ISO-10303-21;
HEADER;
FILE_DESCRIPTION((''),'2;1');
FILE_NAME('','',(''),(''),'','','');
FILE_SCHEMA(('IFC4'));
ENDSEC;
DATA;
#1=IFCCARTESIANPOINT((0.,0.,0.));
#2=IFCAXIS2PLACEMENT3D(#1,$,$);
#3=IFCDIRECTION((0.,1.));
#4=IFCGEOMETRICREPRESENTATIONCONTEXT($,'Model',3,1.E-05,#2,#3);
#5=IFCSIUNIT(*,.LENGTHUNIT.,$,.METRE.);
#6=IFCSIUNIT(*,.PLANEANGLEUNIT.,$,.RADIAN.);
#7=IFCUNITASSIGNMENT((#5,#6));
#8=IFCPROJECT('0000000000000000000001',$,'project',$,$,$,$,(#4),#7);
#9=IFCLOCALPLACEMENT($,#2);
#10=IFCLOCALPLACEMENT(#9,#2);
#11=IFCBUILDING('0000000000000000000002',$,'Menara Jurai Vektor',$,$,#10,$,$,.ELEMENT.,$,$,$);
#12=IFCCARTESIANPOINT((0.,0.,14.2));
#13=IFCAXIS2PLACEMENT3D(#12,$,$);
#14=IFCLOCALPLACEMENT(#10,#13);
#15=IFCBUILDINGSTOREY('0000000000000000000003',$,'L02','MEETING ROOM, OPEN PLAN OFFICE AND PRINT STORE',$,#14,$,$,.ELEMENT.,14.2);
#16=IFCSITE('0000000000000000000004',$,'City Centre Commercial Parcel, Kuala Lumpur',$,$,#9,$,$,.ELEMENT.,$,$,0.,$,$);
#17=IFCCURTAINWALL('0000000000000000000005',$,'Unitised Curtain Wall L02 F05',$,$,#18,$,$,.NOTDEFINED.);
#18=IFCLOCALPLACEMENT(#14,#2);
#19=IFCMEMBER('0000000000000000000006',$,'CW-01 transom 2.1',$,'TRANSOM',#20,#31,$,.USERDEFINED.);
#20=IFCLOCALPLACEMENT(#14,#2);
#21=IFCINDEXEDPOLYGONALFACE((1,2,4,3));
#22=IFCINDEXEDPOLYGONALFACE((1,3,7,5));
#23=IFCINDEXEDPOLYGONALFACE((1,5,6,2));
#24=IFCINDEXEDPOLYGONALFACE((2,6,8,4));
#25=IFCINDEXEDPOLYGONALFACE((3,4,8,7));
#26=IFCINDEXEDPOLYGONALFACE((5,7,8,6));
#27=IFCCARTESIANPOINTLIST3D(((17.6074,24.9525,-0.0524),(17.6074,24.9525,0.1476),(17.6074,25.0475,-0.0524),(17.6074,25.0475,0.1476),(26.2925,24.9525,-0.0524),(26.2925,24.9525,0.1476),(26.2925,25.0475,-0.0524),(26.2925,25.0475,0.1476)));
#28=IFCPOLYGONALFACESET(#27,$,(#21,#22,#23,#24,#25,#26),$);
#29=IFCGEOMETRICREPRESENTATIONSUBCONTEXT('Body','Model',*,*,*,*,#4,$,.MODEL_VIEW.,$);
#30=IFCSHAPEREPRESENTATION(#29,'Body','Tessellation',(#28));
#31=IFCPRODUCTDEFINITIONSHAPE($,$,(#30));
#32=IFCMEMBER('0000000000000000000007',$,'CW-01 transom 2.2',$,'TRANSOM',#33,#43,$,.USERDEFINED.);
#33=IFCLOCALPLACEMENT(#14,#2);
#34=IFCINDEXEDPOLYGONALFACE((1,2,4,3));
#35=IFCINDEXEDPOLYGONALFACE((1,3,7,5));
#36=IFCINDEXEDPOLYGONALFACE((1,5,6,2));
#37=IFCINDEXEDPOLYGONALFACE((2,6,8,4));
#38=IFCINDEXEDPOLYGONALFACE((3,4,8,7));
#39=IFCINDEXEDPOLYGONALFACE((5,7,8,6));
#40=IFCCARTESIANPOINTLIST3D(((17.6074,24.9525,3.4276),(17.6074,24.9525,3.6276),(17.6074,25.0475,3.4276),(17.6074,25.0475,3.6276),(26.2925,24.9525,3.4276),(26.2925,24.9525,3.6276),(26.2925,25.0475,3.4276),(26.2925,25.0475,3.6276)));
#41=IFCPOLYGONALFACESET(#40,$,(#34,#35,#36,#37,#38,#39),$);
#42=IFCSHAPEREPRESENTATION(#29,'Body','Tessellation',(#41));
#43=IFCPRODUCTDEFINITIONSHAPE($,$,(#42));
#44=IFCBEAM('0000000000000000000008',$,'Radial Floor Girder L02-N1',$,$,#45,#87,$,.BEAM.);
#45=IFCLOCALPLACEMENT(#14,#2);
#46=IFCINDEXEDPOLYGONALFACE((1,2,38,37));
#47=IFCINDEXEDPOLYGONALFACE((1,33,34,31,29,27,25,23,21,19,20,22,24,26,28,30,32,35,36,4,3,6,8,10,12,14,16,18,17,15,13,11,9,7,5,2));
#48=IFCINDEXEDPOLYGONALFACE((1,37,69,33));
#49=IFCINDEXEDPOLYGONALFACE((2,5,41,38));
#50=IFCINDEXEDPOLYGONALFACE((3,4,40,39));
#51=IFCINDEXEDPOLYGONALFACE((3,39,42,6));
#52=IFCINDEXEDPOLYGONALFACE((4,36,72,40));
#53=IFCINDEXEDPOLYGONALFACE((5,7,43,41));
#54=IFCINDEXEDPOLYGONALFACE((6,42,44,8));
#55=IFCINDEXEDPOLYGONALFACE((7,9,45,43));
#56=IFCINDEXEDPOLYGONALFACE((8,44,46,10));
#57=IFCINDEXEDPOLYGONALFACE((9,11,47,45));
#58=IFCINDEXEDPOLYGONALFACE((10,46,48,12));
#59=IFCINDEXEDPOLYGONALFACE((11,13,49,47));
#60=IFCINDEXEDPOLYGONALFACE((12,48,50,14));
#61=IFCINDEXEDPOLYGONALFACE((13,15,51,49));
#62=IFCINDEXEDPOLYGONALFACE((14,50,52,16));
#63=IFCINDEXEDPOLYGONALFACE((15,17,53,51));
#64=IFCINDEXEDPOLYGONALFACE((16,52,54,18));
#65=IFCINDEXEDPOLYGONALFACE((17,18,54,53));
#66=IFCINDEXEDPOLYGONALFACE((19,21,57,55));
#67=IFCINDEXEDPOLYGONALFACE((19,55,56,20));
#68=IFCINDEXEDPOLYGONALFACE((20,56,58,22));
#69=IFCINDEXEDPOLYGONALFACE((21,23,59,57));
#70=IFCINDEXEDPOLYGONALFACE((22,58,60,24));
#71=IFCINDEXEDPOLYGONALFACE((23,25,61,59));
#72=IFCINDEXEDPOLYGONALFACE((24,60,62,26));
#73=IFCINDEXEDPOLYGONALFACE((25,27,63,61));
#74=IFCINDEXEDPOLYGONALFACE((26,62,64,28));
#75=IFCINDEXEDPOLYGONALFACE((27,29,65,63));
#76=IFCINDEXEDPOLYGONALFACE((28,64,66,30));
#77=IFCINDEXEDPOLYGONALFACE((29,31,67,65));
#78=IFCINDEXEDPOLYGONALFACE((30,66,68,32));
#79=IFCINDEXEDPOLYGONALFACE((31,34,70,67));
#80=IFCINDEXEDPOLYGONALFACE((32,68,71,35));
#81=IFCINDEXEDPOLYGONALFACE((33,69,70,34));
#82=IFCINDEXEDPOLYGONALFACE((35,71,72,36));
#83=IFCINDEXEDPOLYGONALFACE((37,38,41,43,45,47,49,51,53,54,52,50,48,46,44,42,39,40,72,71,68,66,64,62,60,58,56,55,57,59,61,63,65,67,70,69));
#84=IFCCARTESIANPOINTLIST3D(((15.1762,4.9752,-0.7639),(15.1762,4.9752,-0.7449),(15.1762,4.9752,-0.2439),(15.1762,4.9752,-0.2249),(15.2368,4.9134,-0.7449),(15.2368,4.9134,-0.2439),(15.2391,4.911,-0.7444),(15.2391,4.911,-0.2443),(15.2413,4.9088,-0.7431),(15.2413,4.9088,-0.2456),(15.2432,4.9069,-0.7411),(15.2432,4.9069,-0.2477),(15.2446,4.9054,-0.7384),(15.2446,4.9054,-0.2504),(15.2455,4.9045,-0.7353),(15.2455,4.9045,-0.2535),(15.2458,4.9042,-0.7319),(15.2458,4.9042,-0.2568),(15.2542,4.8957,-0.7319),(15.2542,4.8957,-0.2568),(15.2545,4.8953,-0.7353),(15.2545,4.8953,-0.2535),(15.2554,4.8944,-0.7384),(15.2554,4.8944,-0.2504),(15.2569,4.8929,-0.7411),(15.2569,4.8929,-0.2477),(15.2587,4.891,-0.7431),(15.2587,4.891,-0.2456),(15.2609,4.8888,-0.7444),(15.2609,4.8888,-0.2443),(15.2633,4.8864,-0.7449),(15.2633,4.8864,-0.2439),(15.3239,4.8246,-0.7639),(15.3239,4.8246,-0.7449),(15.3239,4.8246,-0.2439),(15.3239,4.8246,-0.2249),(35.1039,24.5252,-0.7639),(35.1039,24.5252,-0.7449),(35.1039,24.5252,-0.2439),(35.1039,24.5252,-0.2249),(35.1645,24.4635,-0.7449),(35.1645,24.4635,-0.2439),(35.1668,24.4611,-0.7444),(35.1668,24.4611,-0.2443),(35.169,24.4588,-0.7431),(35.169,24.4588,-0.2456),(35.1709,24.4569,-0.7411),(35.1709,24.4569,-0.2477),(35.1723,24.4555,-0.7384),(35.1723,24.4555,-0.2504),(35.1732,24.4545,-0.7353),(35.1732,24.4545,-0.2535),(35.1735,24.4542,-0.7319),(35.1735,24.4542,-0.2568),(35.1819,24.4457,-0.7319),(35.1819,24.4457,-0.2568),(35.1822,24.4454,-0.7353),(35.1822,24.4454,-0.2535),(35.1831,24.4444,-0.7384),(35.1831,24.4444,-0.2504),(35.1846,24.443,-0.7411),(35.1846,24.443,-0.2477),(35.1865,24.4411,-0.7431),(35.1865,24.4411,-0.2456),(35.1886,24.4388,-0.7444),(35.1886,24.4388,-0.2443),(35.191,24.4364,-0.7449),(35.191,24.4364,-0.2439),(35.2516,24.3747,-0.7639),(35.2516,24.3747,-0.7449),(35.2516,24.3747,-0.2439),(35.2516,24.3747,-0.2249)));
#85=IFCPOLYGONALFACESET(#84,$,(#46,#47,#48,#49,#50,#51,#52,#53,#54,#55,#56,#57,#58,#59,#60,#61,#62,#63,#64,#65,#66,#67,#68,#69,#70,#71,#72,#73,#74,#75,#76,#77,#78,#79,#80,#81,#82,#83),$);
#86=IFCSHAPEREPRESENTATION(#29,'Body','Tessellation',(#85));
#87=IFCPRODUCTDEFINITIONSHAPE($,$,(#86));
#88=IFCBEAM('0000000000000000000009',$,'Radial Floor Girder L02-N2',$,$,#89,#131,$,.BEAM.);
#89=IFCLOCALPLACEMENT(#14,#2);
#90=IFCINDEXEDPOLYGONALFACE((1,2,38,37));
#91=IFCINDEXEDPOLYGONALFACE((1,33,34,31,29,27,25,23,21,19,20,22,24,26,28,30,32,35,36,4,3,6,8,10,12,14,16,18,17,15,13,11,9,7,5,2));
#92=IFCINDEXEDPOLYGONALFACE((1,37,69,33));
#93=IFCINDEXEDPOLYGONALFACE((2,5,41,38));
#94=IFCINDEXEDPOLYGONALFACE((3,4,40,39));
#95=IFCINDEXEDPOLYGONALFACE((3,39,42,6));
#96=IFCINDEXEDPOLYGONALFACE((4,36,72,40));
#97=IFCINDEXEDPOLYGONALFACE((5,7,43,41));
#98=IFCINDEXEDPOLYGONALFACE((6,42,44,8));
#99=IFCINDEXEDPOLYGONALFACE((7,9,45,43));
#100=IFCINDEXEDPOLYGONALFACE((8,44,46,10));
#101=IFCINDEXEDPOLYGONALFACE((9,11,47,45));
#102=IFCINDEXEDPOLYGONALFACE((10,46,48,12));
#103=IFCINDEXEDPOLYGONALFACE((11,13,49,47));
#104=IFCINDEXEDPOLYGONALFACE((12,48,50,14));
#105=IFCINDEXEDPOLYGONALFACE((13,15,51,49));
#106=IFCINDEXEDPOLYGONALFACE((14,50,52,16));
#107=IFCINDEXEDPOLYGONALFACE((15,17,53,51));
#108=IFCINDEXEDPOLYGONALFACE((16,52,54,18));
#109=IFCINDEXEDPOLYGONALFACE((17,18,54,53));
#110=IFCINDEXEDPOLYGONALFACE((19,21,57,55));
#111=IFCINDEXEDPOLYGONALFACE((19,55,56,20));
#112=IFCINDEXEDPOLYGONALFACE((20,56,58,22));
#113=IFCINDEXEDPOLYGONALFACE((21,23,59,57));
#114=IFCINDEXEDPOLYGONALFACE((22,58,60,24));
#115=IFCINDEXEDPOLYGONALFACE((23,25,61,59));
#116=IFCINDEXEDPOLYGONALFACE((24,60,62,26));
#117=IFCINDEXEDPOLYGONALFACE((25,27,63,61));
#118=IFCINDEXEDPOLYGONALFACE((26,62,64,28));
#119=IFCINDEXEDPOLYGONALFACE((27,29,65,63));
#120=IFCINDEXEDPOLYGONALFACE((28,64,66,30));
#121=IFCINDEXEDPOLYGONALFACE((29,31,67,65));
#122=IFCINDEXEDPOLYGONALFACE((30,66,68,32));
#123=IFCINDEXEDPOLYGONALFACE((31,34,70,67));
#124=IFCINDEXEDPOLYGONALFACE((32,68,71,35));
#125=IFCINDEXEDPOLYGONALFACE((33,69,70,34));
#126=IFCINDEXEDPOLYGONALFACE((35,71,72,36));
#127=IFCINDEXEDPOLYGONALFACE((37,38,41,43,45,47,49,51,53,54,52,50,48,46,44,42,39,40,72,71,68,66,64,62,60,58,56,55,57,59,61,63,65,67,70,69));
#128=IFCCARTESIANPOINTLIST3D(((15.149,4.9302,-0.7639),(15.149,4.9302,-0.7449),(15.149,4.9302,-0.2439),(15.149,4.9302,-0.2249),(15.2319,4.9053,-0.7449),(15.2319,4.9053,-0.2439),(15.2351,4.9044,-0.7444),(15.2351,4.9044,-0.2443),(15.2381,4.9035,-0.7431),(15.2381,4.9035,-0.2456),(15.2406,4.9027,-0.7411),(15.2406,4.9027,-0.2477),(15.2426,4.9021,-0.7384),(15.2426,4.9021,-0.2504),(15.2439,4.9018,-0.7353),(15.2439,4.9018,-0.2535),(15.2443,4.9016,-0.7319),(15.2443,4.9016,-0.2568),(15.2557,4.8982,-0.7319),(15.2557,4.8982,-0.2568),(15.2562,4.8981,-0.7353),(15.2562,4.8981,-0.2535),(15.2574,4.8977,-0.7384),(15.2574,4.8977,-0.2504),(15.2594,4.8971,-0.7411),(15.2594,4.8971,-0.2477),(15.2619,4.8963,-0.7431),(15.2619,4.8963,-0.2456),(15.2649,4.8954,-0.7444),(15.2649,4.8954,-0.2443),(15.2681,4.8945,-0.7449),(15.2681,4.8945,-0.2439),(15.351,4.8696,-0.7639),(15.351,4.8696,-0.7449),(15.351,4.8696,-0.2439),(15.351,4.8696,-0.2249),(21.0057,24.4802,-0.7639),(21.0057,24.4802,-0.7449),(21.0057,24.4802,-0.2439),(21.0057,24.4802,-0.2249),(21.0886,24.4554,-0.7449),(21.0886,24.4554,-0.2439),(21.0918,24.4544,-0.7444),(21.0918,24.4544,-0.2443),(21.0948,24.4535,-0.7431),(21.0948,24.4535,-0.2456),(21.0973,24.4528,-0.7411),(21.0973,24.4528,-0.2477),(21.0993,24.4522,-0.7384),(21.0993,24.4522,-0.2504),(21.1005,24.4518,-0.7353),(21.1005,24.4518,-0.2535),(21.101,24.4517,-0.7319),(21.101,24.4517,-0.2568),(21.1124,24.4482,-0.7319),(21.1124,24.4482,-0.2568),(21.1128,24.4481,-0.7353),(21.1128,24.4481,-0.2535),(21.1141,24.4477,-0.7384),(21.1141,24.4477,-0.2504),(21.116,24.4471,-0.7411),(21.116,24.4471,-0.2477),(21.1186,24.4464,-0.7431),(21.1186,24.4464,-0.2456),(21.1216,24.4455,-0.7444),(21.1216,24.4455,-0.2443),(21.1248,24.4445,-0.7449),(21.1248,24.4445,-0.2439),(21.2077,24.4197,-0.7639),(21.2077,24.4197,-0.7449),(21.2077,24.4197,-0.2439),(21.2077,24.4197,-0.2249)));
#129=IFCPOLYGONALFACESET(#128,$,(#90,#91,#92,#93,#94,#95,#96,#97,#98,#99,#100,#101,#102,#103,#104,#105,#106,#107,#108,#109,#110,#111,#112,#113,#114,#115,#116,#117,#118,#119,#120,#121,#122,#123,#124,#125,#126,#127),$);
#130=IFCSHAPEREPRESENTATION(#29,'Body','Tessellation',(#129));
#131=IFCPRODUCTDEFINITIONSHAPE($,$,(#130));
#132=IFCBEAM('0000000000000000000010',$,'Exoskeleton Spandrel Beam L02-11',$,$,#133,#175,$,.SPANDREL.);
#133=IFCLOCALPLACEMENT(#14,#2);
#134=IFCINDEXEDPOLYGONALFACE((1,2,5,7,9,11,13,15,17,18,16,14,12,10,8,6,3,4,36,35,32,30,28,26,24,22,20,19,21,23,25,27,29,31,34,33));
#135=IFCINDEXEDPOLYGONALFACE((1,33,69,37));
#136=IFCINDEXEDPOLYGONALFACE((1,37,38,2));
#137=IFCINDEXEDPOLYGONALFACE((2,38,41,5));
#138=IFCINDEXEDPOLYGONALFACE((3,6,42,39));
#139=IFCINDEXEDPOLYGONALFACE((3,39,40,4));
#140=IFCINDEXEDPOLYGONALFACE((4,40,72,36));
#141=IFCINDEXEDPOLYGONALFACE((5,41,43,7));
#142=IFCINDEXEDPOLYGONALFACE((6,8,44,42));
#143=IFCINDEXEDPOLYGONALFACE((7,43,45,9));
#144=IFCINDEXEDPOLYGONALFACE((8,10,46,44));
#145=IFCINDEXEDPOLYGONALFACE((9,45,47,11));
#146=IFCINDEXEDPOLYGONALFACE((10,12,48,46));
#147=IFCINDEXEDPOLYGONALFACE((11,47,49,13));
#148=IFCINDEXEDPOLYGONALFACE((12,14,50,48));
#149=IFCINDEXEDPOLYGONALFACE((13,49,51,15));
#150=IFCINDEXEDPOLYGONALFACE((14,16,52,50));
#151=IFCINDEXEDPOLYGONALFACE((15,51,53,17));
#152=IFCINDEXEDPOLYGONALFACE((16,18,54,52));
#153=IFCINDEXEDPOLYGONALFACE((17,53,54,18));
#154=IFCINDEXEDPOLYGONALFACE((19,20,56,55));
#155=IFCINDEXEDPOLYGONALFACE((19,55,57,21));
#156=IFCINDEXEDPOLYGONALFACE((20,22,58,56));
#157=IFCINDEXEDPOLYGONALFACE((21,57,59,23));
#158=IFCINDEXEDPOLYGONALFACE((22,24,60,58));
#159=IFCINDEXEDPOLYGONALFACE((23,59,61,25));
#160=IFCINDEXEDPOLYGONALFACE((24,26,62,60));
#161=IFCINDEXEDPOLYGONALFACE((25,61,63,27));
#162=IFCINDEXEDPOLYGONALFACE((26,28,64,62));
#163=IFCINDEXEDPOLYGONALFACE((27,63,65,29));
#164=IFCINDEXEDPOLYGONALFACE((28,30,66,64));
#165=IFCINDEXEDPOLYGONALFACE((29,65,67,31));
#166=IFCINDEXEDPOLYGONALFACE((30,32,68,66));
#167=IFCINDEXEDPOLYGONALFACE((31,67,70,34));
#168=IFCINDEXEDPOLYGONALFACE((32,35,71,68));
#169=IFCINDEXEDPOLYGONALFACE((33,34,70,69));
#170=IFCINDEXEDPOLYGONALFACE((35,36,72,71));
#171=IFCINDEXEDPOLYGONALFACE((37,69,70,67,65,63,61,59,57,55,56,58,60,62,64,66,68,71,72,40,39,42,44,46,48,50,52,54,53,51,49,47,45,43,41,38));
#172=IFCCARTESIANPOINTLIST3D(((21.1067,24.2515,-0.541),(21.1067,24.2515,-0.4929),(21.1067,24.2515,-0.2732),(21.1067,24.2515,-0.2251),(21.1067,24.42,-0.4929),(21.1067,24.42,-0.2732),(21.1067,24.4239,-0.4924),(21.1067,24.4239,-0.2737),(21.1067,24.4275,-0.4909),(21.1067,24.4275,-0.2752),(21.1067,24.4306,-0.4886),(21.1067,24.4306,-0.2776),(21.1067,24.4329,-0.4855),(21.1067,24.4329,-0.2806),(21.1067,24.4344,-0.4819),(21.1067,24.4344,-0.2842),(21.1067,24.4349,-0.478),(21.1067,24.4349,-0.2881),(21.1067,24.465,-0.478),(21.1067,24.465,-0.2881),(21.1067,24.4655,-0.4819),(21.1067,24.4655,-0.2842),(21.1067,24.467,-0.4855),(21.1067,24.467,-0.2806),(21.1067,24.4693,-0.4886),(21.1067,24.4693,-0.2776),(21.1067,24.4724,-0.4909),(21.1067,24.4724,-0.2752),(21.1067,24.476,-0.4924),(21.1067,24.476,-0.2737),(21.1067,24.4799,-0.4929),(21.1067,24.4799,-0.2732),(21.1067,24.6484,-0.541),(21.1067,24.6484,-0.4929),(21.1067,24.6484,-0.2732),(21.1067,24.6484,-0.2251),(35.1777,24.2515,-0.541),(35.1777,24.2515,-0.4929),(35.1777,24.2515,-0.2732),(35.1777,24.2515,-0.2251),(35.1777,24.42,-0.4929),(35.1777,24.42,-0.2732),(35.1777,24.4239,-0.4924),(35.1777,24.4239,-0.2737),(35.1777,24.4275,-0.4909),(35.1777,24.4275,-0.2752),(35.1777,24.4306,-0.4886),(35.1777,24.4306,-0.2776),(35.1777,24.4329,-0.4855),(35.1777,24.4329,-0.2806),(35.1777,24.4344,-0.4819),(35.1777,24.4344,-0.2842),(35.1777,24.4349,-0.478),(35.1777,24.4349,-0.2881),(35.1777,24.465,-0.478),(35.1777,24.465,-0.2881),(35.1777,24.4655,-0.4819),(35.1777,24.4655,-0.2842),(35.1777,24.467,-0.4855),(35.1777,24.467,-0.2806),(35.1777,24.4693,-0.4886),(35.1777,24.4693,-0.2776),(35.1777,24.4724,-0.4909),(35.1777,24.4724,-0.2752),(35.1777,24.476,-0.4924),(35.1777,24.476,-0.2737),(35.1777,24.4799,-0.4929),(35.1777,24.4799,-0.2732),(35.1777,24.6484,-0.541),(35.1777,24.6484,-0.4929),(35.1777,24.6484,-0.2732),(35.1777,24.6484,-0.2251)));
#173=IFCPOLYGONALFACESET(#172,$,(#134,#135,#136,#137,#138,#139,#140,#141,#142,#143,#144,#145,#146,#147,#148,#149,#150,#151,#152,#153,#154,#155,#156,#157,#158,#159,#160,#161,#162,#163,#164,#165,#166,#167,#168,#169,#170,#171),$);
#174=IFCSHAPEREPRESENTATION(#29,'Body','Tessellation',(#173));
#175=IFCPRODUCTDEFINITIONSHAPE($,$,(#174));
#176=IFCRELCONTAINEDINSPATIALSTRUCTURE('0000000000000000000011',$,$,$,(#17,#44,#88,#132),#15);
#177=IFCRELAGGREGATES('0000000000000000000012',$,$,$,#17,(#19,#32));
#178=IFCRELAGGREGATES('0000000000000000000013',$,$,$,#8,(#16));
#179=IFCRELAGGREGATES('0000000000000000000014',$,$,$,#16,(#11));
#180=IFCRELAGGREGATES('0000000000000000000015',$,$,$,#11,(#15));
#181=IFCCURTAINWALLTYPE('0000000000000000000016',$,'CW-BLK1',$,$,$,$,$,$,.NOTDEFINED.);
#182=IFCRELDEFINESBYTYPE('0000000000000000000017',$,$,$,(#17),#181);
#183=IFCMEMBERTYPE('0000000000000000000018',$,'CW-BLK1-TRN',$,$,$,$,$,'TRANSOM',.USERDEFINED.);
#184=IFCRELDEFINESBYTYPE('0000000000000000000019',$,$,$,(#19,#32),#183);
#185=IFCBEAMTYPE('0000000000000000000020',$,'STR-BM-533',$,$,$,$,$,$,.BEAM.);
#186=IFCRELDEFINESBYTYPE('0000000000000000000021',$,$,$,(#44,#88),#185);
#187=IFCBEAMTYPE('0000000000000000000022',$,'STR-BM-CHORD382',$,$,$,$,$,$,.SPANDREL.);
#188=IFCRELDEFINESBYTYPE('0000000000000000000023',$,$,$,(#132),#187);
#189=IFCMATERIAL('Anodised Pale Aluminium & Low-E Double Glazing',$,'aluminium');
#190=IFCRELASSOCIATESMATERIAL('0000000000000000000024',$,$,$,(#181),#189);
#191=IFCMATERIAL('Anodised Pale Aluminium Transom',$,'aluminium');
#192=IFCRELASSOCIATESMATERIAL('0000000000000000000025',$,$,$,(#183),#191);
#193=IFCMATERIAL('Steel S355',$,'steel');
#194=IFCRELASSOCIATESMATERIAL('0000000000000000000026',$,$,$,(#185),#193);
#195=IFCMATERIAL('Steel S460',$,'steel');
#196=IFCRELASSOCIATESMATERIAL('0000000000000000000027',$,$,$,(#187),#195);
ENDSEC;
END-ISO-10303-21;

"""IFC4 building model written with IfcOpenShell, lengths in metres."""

from ifc_helpers import new_model, si_unit, direction, frame, origin, origin_2d, place, context, subcontext, project, spatial, rectangle, i_section, extrude, material, material_profile, profile_set, type_object, element, aggregate, save


model = new_model("IFC4")

# Units and contexts
model_context = context("Model", 3, precision=1e-05, world=origin(), true_north=direction((0.0, 1.0)))
body_context = subcontext(model_context, "Body", "Model", "MODEL_VIEW")
ifc_project = project(units=[si_unit("LENGTHUNIT", "METRE"), si_unit("PLANEANGLEUNIT", "RADIAN")], contexts=[model_context])

# Site, building, storey
site_placement = place(None, origin())
site = spatial("IfcSite", under=ifc_project, at=site_placement, Name="City Centre Commercial Parcel, Kuala Lumpur", CompositionType="ELEMENT", RefElevation=0.0)
building_placement = place(site_placement, origin())
building = spatial("IfcBuilding", under=site, at=building_placement, Name="Menara Jurai Vektor", CompositionType="ELEMENT")
storey_placement = place(building_placement, frame((0.0, 0.0, 14.2)))
storey = spatial("IfcBuildingStorey", under=building, at=storey_placement, Name="L02", Description="MEETING ROOM, OPEN PLAN OFFICE AND PRINT STORE", CompositionType="ELEMENT", Elevation=14.2)

# Shared definitions
ifc_material_1 = material(Name="Steel S460", Category="steel")

# Shared definitions
ifc_material_2 = material(Name="Anodised Pale Aluminium & Low-E Double Glazing", Category="aluminium")
curtain_wall_type = type_object("IfcCurtainWallType", Name="CW-BLK1", PredefinedType="NOTDEFINED", material=ifc_material_2)

# Curtain wall
curtain_wall_1_placement = place(storey_placement, origin())
curtain_wall_1 = element("IfcCurtainWall", 1, at=curtain_wall_1_placement, inside=storey, type_object=curtain_wall_type, Name="Unitised Curtain Wall L02 F05", PredefinedType="NOTDEFINED")

# Members
ifc_material_3 = material(Name="Anodised Pale Aluminium Transom", Category="aluminium")
ifc_material_profile_1 = material_profile(ifc_material_3, rectangle(XDim=0.095, YDim=0.2, at=origin_2d()), Name="ALU TRN 95x200")
ifc_profile_set_1 = profile_set([ifc_material_profile_1], Name="Anodised Pale Aluminium Transom")
member_type_1 = type_object("IfcMemberType", Name="CW-BLK1-TRN", ElementType="TRANSOM", PredefinedType="USERDEFINED", material=ifc_profile_set_1)
member_1_placement = place(storey_placement, frame((26.2925, 25.0, 0.0476), z_axis=(-1.0, 0.0, 0.0), x_axis=(0.0, -1.0, 0.0)))
member_1 = element("IfcMember", 2, at=member_1_placement, type_object=member_type_1, Name="CW-01 transom 2.1", ObjectType="TRANSOM", PredefinedType="USERDEFINED", context=body_context, shape_type="SweptSolid", body=[
    extrude(rectangle(XDim=0.095, YDim=0.2, at=origin_2d()), origin(), (0.0, 0.0, 1.0), 8.6851),
])
member_2_placement = place(storey_placement, frame((26.2925, 25.0, 3.5276), z_axis=(-1.0, 0.0, 0.0), x_axis=(0.0, -1.0, 0.0)))
member_2 = element("IfcMember", 3, at=member_2_placement, type_object=member_type_1, Name="CW-01 transom 2.2", ObjectType="TRANSOM", PredefinedType="USERDEFINED", context=body_context, shape_type="SweptSolid", body=[
    extrude(rectangle(XDim=0.095, YDim=0.2, at=origin_2d()), origin(), (0.0, 0.0, 1.0), 8.6851),
])

# Beams
ifc_material_4 = material(Name="Steel S355", Category="steel")
ifc_material_profile_2 = material_profile(ifc_material_4, i_section(OverallWidth=0.2109, OverallDepth=0.5391, WebThickness=0.012, FlangeThickness=0.019, FilletRadius=0.0129, at=origin_2d()), Name="UKB 533x210x109")
ifc_profile_set_2 = profile_set([ifc_material_profile_2], Name="Steel S355")
beam_type_1 = type_object("IfcBeamType", Name="STR-BM-533", PredefinedType="BEAM", material=ifc_profile_set_2)
beam_1_placement = place(storey_placement, frame((35.1777, 24.45, -0.4944), z_axis=(-0.713839, -0.70031, 0.0), x_axis=(0.70031, -0.713839, 0.0)))
element("IfcBeam", 4, at=beam_1_placement, inside=storey, type_object=beam_type_1, Name="Radial Floor Girder L02-N1", PredefinedType="BEAM", context=body_context, shape_type="SweptSolid", body=[
    extrude(i_section(OverallWidth=0.2109, OverallDepth=0.5391, WebThickness=0.012, FlangeThickness=0.019, FilletRadius=0.0129, at=origin_2d()), origin(), (0.0, 0.0, 1.0), 27.9163),
])
beam_2_placement = place(storey_placement, frame((21.1067, 24.45, -0.4944), z_axis=(-0.286974, -0.957938, 0.0), x_axis=(0.957938, -0.286974, 0.0)))
element("IfcBeam", 5, at=beam_2_placement, inside=storey, type_object=beam_type_1, Name="Radial Floor Girder L02-N2", PredefinedType="BEAM", context=body_context, shape_type="SweptSolid", body=[
    extrude(i_section(OverallWidth=0.2109, OverallDepth=0.5391, WebThickness=0.012, FlangeThickness=0.019, FilletRadius=0.0129, at=origin_2d()), origin(), (0.0, 0.0, 1.0), 20.4084),
])
ifc_material_profile_3 = material_profile(ifc_material_1, i_section(OverallWidth=0.397, OverallDepth=0.3159, WebThickness=0.03, FlangeThickness=0.0481, FilletRadius=0.0149, at=origin_2d()), Name="HD 400x382")
ifc_profile_set_3 = profile_set([ifc_material_profile_3], Name="Steel S460")
beam_type_2 = type_object("IfcBeamType", Name="STR-BM-CHORD382", PredefinedType="SPANDREL", material=ifc_profile_set_3)
for number, where, z_axis, x_axis, name in (
    (6, (35.1777, 24.45, -0.3831), (-1.0, 0.0, 0.0), (0.0, -1.0, 0.0), "Exoskeleton Spandrel Beam L02-11"),
):
    element("IfcBeam", number, at=place(storey_placement, frame(where, z_axis=z_axis, x_axis=x_axis)), inside=storey, type_object=beam_type_2, Name=name, PredefinedType="SPANDREL", context=body_context, shape_type="SweptSolid", body=[
        extrude(i_section(OverallWidth=0.397, OverallDepth=0.3159, WebThickness=0.03, FlangeThickness=0.0481, FilletRadius=0.0149, at=origin_2d()), origin(), (0.0, 0.0, 1.0), 14.071),
    ])

aggregate(curtain_wall_1, [member_1, member_2])

save(model, "model.ifc")
